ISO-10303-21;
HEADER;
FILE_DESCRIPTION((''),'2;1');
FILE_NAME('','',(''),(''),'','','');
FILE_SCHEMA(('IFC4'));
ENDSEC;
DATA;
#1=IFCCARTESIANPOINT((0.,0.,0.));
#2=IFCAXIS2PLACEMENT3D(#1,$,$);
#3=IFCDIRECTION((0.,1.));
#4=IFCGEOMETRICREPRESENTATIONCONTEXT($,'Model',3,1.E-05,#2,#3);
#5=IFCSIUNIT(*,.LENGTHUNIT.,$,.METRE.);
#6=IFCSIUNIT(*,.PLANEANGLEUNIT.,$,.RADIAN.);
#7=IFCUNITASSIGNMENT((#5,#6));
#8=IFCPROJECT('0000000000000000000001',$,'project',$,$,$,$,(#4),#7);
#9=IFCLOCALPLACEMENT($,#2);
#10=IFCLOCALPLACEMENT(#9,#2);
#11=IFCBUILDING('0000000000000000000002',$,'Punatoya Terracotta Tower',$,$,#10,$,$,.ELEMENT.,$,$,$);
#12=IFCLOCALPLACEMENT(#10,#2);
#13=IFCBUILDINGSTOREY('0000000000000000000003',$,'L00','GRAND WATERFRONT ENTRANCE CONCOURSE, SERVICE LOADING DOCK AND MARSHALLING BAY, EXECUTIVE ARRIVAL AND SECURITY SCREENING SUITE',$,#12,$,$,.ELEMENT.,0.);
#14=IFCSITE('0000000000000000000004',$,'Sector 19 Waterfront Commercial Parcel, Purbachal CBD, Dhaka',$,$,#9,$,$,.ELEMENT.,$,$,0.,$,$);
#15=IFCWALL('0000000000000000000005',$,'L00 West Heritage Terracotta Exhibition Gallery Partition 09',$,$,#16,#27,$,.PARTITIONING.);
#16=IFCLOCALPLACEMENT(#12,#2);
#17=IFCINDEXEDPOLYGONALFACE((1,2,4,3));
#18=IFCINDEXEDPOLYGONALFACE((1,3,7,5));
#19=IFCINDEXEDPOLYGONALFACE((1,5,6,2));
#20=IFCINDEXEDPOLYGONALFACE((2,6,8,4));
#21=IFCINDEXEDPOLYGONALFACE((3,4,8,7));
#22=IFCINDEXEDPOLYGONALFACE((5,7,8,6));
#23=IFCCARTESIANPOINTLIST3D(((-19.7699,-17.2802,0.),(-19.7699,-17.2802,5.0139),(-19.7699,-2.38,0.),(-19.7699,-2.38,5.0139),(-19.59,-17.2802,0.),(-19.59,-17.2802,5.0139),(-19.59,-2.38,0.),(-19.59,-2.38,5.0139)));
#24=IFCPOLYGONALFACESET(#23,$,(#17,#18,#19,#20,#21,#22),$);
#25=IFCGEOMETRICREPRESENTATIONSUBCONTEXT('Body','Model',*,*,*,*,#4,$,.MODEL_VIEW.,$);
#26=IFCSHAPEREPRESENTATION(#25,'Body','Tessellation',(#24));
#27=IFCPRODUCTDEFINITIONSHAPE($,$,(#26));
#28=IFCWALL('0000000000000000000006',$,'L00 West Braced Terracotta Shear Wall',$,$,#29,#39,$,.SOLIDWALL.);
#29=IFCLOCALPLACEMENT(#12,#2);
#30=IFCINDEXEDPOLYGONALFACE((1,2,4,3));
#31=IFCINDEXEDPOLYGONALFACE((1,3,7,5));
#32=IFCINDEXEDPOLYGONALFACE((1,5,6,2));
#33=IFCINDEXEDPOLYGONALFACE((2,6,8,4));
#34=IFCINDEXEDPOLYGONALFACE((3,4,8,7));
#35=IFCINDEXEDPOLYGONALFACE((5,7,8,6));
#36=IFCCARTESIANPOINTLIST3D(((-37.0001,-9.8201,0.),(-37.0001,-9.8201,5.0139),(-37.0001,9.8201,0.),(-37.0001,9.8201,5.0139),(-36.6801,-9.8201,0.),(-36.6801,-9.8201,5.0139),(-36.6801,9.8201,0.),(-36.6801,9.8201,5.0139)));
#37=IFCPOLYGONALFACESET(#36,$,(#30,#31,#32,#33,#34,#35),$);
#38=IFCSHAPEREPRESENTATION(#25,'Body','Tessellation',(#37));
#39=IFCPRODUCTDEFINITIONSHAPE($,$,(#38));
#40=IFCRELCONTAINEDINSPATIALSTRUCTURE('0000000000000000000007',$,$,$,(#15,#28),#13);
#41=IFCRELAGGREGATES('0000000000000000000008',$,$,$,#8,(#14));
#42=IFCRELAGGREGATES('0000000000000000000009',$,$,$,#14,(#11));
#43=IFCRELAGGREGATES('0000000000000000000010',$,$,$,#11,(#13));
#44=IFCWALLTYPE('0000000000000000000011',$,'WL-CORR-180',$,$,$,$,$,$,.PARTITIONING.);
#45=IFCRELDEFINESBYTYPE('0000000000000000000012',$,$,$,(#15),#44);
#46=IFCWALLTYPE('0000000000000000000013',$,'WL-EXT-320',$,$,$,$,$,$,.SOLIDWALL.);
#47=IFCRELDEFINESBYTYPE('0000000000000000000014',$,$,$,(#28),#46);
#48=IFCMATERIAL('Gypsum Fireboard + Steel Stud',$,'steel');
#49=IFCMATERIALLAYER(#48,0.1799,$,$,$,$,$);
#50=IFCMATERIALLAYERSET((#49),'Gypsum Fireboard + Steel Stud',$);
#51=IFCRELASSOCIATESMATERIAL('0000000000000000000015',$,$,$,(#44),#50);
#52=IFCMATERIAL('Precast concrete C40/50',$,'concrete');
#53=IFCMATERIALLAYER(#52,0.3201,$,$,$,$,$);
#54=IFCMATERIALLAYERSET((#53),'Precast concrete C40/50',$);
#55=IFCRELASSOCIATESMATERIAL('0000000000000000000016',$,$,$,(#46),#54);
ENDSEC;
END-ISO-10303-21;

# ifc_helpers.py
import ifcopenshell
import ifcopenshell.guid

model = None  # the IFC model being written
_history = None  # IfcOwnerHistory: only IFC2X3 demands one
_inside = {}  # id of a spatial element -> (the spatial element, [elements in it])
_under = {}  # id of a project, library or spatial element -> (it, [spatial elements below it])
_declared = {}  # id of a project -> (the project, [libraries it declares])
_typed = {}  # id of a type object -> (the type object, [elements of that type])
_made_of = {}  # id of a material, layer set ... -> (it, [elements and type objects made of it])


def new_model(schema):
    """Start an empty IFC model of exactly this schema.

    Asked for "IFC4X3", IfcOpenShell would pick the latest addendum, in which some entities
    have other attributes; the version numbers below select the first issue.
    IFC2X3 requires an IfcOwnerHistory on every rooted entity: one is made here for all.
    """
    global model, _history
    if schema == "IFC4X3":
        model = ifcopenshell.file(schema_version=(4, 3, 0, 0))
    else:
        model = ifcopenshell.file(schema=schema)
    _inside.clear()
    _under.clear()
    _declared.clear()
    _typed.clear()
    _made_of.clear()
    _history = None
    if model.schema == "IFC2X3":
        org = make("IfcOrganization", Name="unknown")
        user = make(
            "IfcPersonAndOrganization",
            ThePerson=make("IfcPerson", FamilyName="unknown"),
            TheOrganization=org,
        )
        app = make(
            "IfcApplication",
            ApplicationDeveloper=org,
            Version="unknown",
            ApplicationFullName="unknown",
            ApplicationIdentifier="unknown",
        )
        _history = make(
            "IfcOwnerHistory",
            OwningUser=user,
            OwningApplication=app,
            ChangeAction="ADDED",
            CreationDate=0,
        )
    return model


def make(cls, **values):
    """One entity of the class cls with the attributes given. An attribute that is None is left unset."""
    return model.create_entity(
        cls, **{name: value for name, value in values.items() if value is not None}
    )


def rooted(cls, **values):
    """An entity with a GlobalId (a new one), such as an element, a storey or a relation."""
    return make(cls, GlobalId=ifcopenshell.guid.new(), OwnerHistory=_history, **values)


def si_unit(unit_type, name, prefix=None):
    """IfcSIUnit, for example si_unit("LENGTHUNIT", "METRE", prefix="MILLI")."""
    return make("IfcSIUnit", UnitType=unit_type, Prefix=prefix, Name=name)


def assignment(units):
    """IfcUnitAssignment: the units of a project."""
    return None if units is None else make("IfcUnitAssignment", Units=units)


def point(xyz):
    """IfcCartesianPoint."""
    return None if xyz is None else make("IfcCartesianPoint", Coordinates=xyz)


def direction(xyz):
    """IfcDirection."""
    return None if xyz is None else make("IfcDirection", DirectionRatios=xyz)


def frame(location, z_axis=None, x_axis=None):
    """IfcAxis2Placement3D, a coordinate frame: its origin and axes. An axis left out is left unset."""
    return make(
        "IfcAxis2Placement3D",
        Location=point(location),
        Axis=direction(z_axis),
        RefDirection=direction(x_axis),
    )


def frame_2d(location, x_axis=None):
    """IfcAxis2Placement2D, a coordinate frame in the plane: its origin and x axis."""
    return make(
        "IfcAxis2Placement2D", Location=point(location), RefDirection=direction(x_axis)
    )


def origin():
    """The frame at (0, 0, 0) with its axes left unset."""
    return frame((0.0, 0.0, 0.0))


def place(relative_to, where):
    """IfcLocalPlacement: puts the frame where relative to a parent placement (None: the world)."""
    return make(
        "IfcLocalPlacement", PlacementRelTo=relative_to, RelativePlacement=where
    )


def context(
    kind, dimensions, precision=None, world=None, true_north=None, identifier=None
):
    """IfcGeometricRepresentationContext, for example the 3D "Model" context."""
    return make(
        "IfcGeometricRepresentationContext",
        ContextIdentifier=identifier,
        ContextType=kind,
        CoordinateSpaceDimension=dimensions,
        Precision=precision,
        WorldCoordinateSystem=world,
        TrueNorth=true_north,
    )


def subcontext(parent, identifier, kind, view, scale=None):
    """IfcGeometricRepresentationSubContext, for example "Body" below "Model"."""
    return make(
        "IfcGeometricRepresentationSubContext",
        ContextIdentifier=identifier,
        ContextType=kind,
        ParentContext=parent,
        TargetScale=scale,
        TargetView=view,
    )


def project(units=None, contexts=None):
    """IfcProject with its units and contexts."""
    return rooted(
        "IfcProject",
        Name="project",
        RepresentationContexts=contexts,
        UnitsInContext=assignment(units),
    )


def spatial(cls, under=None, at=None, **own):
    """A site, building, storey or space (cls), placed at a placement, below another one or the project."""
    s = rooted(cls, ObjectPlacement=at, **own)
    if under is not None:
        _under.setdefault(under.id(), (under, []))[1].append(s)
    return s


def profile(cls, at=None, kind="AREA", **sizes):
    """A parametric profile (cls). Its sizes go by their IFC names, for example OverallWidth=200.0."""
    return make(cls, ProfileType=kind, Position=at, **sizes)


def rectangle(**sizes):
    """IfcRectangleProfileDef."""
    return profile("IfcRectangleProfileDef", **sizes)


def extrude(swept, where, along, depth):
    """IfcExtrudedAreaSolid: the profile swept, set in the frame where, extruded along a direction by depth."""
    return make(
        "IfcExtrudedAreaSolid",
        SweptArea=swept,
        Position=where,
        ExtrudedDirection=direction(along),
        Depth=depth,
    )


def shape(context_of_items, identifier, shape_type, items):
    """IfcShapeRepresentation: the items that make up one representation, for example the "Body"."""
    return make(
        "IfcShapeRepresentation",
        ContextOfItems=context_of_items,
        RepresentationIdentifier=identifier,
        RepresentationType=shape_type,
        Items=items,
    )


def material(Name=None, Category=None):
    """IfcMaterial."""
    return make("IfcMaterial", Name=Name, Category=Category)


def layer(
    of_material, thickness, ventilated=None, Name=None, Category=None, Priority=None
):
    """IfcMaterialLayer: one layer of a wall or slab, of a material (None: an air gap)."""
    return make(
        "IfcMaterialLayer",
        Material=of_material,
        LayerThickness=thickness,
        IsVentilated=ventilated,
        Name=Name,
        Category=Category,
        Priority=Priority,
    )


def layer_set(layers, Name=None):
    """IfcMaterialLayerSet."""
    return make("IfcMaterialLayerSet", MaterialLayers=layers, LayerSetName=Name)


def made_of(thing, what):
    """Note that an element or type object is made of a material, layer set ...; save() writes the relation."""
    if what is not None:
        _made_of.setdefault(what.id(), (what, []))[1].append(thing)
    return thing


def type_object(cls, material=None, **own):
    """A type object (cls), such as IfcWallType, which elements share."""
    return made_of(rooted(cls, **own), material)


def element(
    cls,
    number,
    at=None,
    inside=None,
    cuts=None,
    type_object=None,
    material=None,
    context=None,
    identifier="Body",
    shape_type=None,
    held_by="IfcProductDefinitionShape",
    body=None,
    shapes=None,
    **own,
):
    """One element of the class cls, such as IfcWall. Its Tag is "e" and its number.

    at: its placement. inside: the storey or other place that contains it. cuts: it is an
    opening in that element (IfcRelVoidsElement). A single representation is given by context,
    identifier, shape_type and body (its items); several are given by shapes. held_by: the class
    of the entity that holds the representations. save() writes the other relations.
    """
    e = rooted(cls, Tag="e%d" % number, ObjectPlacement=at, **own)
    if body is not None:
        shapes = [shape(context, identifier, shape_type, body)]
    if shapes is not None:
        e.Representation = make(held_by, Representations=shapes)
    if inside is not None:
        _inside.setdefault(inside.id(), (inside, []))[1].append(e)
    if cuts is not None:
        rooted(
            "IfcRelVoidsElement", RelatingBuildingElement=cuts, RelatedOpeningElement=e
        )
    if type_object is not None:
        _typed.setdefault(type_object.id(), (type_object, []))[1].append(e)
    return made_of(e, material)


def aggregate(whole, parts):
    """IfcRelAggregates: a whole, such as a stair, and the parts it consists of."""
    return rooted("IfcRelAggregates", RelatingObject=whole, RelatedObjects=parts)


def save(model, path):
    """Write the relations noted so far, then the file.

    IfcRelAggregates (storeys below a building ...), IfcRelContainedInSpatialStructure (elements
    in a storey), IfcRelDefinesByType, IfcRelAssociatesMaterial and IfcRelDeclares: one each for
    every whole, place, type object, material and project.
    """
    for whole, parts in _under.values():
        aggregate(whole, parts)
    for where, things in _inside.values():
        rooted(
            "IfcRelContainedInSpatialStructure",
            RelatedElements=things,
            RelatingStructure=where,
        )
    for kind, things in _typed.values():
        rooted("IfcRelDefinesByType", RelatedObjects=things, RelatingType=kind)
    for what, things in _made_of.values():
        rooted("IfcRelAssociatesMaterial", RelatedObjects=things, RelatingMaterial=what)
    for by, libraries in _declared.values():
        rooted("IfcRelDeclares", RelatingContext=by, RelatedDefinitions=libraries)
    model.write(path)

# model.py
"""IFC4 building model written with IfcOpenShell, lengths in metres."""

from ifc_helpers import new_model, si_unit, direction, frame, frame_2d, origin, place, context, subcontext, project, spatial, rectangle, extrude, material, layer, layer_set, type_object, element, save


model = new_model("IFC4")

# Units and contexts
model_context = context("Model", 3, precision=1e-05, world=origin(), true_north=direction((0.0, 1.0)))
body_context = subcontext(model_context, "Body", "Model", "MODEL_VIEW")
ifc_project = project(units=[si_unit("LENGTHUNIT", "METRE"), si_unit("PLANEANGLEUNIT", "RADIAN")], contexts=[model_context])

# Site, building, storey
site_placement = place(None, origin())
site = spatial("IfcSite", under=ifc_project, at=site_placement, Name="Sector 19 Waterfront Commercial Parcel, Purbachal CBD, Dhaka", CompositionType="ELEMENT", RefElevation=0.0)
building_placement = place(site_placement, origin())
building = spatial("IfcBuilding", under=site, at=building_placement, Name="Punatoya Terracotta Tower", CompositionType="ELEMENT")
storey_placement = place(building_placement, origin())
storey = spatial("IfcBuildingStorey", under=building, at=storey_placement, Name="L00", Description="GRAND WATERFRONT ENTRANCE CONCOURSE, SERVICE LOADING DOCK AND MARSHALLING BAY, EXECUTIVE ARRIVAL AND SECURITY SCREENING SUITE", CompositionType="ELEMENT", Elevation=0.0)

# Shared definitions
ifc_material_1 = material(Name="Gypsum Fireboard + Steel Stud", Category="steel")
ifc_layer_1 = layer(ifc_material_1, 0.1799)
ifc_layer_set_1 = layer_set([ifc_layer_1], Name="Gypsum Fireboard + Steel Stud")
wall_type_1 = type_object("IfcWallType", Name="WL-CORR-180", PredefinedType="PARTITIONING", material=ifc_layer_set_1)

# Walls
wall_1_placement = place(storey_placement, frame((-19.6799, -2.3799, 0.0), z_axis=(0.0, 0.0, 1.0), x_axis=(0.0, -1.0, 0.0)))
element("IfcWall", 1, at=wall_1_placement, inside=storey, type_object=wall_type_1, Name="L00 West Heritage Terracotta Exhibition Gallery Partition 09", PredefinedType="PARTITIONING", context=body_context, shape_type="SweptSolid", body=[
    extrude(rectangle(XDim=14.9001, YDim=0.1799, at=frame_2d((7.4502, 0.0))), origin(), (0.0, 0.0, 1.0), 5.0139),
])
ifc_material_2 = material(Name="Precast concrete C40/50", Category="concrete")
ifc_layer_2 = layer(ifc_material_2, 0.3201)
ifc_layer_set_2 = layer_set([ifc_layer_2], Name="Precast concrete C40/50")
wall_type_2 = type_object("IfcWallType", Name="WL-EXT-320", PredefinedType="SOLIDWALL", material=ifc_layer_set_2)
wall_2_placement = place(storey_placement, frame((-36.8401, -9.8201, 0.0), z_axis=(0.0, 0.0, 1.0), x_axis=(0.0, 1.0, 0.0)))
element("IfcWall", 2, at=wall_2_placement, inside=storey, type_object=wall_type_2, Name="L00 West Braced Terracotta Shear Wall", PredefinedType="SOLIDWALL", context=body_context, shape_type="SweptSolid", body=[
    extrude(rectangle(XDim=19.6401, YDim=0.3201, at=frame_2d((9.8201, 0.0))), origin(), (0.0, 0.0, 1.0), 5.0139),
])

save(model, "model.ifc")
